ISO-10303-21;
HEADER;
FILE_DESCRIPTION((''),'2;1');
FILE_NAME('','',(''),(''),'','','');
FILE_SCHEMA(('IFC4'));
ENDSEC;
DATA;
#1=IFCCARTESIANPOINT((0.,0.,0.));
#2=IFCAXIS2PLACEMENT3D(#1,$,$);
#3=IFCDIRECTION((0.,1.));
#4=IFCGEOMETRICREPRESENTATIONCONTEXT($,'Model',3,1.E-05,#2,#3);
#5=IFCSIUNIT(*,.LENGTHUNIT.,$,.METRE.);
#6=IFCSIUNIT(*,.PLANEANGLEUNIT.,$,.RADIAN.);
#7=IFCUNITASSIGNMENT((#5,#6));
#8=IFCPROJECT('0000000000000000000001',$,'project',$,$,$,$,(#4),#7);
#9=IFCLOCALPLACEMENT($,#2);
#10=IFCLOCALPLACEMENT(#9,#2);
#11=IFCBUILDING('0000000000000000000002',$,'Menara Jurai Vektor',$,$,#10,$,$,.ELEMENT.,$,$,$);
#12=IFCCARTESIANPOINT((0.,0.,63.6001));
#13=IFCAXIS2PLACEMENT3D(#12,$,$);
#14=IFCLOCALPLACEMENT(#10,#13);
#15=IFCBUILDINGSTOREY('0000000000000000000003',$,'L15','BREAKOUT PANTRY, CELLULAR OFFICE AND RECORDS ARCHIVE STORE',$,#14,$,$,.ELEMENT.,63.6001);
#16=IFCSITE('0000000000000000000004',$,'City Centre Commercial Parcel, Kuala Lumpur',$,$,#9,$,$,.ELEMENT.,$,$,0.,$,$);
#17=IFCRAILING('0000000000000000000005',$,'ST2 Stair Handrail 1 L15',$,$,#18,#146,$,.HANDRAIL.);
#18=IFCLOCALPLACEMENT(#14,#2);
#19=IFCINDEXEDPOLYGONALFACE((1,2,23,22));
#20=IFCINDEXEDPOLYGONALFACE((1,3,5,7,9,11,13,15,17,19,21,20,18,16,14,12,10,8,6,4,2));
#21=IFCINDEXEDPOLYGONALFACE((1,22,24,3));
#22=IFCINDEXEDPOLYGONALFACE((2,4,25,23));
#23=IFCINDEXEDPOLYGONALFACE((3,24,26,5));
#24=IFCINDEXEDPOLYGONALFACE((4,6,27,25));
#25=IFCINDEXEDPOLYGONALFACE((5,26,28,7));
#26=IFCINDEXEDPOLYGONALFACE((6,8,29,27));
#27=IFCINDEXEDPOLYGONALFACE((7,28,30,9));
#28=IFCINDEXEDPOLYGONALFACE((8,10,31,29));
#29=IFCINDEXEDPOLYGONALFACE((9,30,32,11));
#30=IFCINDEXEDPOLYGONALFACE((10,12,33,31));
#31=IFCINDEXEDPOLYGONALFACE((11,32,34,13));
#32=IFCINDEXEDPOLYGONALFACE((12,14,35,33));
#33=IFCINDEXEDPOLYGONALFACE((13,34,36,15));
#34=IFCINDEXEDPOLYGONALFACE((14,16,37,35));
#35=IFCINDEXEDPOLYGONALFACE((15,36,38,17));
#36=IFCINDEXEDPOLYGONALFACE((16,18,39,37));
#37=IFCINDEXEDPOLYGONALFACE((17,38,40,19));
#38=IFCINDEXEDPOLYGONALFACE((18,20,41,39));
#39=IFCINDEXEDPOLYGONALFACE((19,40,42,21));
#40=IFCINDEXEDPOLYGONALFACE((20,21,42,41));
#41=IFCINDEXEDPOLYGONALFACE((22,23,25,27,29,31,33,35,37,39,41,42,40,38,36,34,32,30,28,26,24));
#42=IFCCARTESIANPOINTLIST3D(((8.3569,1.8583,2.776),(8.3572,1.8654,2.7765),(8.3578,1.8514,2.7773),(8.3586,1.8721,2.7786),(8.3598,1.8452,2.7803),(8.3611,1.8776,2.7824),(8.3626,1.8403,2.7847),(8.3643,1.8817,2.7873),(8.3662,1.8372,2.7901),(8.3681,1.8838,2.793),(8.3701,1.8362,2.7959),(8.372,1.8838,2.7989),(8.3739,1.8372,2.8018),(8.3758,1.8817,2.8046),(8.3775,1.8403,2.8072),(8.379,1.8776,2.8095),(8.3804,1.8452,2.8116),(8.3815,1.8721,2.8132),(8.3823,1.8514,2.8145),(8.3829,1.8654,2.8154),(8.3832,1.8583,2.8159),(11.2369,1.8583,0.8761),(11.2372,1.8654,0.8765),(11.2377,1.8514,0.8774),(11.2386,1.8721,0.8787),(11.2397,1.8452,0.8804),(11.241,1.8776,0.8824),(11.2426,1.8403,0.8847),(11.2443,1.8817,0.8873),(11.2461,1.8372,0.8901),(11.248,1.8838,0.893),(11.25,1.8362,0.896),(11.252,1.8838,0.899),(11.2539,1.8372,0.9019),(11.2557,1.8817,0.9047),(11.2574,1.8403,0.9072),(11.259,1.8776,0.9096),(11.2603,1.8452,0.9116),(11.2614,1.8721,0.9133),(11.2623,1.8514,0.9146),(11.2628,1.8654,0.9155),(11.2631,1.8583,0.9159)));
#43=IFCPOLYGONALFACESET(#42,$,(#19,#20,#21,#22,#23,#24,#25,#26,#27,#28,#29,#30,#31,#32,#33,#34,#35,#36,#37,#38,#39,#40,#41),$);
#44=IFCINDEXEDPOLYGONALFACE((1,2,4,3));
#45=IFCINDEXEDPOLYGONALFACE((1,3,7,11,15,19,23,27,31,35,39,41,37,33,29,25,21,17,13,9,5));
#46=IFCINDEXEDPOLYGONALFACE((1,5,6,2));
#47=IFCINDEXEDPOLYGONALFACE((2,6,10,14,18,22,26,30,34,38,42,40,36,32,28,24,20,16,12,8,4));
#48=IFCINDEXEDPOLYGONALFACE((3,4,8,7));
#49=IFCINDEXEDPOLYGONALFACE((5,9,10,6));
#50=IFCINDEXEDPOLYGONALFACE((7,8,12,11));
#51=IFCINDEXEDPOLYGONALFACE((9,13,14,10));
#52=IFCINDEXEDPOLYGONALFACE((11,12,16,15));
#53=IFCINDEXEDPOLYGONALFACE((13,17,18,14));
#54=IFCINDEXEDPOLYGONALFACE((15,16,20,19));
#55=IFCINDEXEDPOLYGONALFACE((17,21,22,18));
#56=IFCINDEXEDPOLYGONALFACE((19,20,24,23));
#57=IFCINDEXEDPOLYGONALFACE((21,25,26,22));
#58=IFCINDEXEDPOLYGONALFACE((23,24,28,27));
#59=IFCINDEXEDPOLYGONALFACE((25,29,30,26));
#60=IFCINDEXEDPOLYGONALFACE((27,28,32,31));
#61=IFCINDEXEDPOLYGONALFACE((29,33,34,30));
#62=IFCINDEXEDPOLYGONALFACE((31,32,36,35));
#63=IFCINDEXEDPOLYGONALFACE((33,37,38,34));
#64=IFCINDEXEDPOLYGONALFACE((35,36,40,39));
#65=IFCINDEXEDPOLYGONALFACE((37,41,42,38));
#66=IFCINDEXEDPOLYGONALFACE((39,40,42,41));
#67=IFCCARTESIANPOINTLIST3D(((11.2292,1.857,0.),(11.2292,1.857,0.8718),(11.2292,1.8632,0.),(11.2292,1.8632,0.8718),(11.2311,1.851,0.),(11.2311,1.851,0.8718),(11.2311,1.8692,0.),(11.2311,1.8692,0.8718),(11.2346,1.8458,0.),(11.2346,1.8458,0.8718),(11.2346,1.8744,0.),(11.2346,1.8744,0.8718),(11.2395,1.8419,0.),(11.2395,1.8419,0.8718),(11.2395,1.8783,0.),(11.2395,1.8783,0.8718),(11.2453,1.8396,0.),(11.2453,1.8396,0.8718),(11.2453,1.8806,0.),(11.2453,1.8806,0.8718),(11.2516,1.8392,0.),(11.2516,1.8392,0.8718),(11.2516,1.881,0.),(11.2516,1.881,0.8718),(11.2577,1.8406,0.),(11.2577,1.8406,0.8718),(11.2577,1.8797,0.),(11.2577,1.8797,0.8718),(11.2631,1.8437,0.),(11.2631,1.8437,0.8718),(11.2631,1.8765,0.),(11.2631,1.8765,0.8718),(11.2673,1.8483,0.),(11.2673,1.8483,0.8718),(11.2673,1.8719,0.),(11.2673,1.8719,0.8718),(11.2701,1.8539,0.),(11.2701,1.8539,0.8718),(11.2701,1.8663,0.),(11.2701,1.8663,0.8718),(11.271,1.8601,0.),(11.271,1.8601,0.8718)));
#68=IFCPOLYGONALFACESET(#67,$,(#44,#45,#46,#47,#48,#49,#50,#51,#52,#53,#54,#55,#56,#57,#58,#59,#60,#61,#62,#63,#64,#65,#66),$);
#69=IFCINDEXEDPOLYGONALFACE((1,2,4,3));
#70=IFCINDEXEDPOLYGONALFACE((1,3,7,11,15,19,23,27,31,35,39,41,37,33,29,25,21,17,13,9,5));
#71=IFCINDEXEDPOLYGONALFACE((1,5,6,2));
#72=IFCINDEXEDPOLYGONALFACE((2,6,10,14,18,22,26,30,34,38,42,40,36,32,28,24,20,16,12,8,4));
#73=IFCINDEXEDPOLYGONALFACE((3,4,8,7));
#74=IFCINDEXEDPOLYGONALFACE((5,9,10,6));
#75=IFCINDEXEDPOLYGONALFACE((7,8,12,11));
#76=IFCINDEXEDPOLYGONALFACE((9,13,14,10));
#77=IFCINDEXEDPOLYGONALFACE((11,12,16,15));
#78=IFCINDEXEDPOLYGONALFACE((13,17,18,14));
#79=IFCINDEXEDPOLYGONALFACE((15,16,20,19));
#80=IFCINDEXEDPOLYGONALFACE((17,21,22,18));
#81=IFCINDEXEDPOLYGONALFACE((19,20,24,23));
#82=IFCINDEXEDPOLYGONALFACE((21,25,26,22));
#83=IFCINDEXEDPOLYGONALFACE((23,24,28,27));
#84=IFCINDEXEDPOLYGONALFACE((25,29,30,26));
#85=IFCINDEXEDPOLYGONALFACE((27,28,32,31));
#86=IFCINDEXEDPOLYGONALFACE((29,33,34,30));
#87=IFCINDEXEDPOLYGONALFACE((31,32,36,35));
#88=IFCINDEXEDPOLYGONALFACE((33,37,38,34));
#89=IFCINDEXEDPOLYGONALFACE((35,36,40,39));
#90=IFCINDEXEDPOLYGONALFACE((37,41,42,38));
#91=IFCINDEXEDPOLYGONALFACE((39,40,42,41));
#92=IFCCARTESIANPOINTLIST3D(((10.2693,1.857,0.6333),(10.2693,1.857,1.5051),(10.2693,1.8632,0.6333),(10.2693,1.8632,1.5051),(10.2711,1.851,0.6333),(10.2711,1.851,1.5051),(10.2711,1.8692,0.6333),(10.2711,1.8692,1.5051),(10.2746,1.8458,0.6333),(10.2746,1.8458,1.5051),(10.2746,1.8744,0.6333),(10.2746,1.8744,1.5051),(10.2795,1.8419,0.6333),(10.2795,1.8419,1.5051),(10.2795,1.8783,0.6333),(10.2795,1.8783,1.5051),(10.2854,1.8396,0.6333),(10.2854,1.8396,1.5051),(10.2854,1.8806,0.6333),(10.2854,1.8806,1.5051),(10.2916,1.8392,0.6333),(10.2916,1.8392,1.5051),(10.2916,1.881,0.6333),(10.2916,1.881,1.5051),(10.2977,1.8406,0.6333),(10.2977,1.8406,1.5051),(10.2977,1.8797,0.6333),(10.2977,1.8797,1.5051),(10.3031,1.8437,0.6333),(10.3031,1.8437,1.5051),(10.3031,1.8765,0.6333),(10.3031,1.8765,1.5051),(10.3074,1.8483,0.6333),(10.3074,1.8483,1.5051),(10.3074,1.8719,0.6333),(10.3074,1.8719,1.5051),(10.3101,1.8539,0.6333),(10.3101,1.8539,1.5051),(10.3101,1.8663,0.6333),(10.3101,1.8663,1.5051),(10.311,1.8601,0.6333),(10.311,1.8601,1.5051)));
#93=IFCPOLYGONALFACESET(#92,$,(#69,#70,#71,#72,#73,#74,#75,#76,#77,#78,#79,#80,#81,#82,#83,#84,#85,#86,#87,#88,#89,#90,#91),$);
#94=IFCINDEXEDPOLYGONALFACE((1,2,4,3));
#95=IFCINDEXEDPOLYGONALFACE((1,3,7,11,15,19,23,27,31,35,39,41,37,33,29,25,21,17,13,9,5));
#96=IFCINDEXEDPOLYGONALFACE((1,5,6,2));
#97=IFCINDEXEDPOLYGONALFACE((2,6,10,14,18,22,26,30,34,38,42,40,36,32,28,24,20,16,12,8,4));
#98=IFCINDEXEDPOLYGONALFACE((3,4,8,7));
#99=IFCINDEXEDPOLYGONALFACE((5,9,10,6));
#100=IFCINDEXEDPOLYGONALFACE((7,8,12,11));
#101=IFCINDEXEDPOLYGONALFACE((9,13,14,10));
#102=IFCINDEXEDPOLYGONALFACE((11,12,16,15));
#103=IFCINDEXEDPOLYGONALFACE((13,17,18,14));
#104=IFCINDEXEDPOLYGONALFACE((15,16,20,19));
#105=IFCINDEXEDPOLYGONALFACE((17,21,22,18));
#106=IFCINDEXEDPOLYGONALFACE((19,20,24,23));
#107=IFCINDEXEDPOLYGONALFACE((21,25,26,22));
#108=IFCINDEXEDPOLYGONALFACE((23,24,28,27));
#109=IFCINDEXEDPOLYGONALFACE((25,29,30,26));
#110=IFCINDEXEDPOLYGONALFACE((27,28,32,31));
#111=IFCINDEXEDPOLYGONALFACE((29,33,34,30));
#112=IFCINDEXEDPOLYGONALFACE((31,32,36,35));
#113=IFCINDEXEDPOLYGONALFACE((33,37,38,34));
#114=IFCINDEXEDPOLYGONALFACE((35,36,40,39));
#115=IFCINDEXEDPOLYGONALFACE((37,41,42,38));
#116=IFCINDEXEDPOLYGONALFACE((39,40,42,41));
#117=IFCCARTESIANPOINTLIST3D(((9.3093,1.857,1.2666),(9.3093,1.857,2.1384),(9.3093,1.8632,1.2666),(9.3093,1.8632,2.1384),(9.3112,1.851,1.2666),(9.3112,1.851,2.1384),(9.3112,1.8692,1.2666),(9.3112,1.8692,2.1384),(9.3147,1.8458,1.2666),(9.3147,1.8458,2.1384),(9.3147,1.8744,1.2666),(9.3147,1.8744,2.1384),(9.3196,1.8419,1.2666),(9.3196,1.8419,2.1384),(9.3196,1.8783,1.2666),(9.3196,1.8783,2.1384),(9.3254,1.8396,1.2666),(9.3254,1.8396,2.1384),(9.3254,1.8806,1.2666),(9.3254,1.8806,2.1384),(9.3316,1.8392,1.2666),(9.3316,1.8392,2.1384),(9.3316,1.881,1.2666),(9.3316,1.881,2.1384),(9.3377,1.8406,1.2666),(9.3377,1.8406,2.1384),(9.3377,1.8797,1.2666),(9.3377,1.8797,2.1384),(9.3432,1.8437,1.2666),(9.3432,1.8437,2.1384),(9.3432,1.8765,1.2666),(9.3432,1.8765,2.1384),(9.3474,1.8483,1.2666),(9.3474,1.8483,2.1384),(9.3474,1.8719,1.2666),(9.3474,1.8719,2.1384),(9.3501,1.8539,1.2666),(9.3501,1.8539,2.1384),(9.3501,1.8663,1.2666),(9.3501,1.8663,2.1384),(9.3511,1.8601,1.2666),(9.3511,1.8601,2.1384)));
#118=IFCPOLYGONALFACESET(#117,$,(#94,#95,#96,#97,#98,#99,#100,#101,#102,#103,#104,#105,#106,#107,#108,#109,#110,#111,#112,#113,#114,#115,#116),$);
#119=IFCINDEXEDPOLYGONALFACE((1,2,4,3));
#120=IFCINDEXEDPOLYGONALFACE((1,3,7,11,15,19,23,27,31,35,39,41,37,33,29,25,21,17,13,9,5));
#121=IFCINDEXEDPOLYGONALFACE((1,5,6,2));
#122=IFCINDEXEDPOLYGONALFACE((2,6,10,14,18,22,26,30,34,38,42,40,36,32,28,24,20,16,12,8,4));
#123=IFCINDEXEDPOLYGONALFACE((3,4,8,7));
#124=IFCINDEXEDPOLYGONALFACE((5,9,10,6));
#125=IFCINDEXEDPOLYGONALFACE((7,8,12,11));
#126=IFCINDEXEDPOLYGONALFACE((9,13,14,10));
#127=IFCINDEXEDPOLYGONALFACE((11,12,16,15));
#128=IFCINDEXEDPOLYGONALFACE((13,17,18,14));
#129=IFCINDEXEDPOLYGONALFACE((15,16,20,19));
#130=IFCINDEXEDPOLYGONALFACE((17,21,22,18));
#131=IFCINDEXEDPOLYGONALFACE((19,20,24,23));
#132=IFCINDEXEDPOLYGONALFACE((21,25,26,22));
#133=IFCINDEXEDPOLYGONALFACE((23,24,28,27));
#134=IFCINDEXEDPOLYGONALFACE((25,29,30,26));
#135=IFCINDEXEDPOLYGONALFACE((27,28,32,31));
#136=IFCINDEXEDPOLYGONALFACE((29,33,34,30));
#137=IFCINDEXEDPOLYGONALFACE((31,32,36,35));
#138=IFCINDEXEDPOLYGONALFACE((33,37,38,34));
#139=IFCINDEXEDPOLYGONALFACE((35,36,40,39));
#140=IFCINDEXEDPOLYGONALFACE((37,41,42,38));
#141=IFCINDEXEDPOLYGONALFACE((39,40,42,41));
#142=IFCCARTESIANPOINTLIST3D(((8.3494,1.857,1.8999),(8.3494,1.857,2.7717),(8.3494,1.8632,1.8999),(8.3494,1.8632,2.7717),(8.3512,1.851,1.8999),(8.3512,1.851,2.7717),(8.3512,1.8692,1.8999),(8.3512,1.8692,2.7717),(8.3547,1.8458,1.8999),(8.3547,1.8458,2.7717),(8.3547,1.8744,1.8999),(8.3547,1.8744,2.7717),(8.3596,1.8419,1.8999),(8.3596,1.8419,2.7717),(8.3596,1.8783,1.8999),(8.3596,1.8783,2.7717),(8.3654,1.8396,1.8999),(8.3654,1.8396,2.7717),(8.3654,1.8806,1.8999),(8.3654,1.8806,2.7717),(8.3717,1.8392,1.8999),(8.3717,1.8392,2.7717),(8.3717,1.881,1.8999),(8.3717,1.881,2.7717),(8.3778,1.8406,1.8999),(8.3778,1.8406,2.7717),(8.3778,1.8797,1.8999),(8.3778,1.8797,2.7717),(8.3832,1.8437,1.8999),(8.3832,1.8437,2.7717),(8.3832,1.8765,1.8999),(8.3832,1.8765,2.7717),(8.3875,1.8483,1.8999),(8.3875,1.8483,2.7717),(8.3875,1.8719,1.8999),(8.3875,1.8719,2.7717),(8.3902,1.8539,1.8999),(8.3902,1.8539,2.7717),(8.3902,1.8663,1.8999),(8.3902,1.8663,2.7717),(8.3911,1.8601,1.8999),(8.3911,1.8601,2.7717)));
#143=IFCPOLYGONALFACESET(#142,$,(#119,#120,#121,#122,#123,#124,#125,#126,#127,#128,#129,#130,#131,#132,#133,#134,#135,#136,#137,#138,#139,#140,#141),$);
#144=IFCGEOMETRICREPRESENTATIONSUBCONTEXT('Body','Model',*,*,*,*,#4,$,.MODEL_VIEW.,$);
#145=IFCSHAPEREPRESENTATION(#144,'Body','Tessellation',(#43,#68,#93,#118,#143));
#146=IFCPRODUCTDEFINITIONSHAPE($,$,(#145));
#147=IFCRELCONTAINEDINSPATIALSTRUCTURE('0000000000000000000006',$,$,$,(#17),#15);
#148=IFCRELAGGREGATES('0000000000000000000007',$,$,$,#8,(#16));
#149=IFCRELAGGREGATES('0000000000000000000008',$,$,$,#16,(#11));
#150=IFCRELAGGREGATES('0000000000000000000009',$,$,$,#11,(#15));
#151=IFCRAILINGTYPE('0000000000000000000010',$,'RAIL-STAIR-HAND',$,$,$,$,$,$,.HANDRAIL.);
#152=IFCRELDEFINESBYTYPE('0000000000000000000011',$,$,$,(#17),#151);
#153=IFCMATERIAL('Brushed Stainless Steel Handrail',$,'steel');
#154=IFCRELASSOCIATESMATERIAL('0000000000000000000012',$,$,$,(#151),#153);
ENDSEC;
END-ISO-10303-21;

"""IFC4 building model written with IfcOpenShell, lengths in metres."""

from ifc_helpers import new_model, si_unit, direction, frame, origin, origin_2d, place, context, subcontext, project, spatial, circle, extrude, material, type_object, element, save


model = new_model("IFC4")

# Units and contexts
model_context = context("Model", 3, precision=1e-05, world=origin(), true_north=direction((0.0, 1.0)))
body_context = subcontext(model_context, "Body", "Model", "MODEL_VIEW")
ifc_project = project(units=[si_unit("LENGTHUNIT", "METRE"), si_unit("PLANEANGLEUNIT", "RADIAN")], contexts=[model_context])

# Site, building, storey
site_placement = place(None, origin())
site = spatial("IfcSite", under=ifc_project, at=site_placement, Name="City Centre Commercial Parcel, Kuala Lumpur", CompositionType="ELEMENT", RefElevation=0.0)
building_placement = place(site_placement, origin())
building = spatial("IfcBuilding", under=site, at=building_placement, Name="Menara Jurai Vektor", CompositionType="ELEMENT")
storey_placement = place(building_placement, frame((0.0, 0.0, 63.6001)))
storey = spatial("IfcBuildingStorey", under=building, at=storey_placement, Name="L15", Description="BREAKOUT PANTRY, CELLULAR OFFICE AND RECORDS ARCHIVE STORE", CompositionType="ELEMENT", Elevation=63.6001)

# Railing
ifc_material_1 = material(Name="Brushed Stainless Steel Handrail", Category="steel")
railing_type_1 = type_object("IfcRailingType", Name="RAIL-STAIR-HAND", PredefinedType="HANDRAIL", material=ifc_material_1)
railing_1_placement = place(storey_placement, frame((11.25, 1.8601, 0.0)))
element("IfcRailing", 1, at=railing_1_placement, inside=storey, type_object=railing_type_1, Name="ST2 Stair Handrail 1 L15", PredefinedType="HANDRAIL", context=body_context, shape_type="SweptSolid", body=[
    extrude(circle(Radius=0.0239, at=origin_2d()), frame((0.0, 0.0, 0.896), z_axis=(-0.834719, 0.0, 0.550677), x_axis=(0.0, -1.0, 0.0)), (0.0, 0.0, 1.0), 3.4502),
    extrude(circle(Radius=0.021, at=origin_2d()), origin(), (0.0, 0.0, 1.0), 0.8718),
    extrude(circle(Radius=0.021, at=origin_2d()), frame((-0.96, 0.0, 0.6333)), (0.0, 0.0, 1.0), 0.8718),
    extrude(circle(Radius=0.021, at=origin_2d()), frame((-1.9199, 0.0, 1.2666)), (0.0, 0.0, 1.0), 0.8718),
    extrude(circle(Radius=0.021, at=origin_2d()), frame((-2.8799, 0.0, 1.8999)), (0.0, 0.0, 1.0), 0.8718),
])

save(model, "model.ifc")
